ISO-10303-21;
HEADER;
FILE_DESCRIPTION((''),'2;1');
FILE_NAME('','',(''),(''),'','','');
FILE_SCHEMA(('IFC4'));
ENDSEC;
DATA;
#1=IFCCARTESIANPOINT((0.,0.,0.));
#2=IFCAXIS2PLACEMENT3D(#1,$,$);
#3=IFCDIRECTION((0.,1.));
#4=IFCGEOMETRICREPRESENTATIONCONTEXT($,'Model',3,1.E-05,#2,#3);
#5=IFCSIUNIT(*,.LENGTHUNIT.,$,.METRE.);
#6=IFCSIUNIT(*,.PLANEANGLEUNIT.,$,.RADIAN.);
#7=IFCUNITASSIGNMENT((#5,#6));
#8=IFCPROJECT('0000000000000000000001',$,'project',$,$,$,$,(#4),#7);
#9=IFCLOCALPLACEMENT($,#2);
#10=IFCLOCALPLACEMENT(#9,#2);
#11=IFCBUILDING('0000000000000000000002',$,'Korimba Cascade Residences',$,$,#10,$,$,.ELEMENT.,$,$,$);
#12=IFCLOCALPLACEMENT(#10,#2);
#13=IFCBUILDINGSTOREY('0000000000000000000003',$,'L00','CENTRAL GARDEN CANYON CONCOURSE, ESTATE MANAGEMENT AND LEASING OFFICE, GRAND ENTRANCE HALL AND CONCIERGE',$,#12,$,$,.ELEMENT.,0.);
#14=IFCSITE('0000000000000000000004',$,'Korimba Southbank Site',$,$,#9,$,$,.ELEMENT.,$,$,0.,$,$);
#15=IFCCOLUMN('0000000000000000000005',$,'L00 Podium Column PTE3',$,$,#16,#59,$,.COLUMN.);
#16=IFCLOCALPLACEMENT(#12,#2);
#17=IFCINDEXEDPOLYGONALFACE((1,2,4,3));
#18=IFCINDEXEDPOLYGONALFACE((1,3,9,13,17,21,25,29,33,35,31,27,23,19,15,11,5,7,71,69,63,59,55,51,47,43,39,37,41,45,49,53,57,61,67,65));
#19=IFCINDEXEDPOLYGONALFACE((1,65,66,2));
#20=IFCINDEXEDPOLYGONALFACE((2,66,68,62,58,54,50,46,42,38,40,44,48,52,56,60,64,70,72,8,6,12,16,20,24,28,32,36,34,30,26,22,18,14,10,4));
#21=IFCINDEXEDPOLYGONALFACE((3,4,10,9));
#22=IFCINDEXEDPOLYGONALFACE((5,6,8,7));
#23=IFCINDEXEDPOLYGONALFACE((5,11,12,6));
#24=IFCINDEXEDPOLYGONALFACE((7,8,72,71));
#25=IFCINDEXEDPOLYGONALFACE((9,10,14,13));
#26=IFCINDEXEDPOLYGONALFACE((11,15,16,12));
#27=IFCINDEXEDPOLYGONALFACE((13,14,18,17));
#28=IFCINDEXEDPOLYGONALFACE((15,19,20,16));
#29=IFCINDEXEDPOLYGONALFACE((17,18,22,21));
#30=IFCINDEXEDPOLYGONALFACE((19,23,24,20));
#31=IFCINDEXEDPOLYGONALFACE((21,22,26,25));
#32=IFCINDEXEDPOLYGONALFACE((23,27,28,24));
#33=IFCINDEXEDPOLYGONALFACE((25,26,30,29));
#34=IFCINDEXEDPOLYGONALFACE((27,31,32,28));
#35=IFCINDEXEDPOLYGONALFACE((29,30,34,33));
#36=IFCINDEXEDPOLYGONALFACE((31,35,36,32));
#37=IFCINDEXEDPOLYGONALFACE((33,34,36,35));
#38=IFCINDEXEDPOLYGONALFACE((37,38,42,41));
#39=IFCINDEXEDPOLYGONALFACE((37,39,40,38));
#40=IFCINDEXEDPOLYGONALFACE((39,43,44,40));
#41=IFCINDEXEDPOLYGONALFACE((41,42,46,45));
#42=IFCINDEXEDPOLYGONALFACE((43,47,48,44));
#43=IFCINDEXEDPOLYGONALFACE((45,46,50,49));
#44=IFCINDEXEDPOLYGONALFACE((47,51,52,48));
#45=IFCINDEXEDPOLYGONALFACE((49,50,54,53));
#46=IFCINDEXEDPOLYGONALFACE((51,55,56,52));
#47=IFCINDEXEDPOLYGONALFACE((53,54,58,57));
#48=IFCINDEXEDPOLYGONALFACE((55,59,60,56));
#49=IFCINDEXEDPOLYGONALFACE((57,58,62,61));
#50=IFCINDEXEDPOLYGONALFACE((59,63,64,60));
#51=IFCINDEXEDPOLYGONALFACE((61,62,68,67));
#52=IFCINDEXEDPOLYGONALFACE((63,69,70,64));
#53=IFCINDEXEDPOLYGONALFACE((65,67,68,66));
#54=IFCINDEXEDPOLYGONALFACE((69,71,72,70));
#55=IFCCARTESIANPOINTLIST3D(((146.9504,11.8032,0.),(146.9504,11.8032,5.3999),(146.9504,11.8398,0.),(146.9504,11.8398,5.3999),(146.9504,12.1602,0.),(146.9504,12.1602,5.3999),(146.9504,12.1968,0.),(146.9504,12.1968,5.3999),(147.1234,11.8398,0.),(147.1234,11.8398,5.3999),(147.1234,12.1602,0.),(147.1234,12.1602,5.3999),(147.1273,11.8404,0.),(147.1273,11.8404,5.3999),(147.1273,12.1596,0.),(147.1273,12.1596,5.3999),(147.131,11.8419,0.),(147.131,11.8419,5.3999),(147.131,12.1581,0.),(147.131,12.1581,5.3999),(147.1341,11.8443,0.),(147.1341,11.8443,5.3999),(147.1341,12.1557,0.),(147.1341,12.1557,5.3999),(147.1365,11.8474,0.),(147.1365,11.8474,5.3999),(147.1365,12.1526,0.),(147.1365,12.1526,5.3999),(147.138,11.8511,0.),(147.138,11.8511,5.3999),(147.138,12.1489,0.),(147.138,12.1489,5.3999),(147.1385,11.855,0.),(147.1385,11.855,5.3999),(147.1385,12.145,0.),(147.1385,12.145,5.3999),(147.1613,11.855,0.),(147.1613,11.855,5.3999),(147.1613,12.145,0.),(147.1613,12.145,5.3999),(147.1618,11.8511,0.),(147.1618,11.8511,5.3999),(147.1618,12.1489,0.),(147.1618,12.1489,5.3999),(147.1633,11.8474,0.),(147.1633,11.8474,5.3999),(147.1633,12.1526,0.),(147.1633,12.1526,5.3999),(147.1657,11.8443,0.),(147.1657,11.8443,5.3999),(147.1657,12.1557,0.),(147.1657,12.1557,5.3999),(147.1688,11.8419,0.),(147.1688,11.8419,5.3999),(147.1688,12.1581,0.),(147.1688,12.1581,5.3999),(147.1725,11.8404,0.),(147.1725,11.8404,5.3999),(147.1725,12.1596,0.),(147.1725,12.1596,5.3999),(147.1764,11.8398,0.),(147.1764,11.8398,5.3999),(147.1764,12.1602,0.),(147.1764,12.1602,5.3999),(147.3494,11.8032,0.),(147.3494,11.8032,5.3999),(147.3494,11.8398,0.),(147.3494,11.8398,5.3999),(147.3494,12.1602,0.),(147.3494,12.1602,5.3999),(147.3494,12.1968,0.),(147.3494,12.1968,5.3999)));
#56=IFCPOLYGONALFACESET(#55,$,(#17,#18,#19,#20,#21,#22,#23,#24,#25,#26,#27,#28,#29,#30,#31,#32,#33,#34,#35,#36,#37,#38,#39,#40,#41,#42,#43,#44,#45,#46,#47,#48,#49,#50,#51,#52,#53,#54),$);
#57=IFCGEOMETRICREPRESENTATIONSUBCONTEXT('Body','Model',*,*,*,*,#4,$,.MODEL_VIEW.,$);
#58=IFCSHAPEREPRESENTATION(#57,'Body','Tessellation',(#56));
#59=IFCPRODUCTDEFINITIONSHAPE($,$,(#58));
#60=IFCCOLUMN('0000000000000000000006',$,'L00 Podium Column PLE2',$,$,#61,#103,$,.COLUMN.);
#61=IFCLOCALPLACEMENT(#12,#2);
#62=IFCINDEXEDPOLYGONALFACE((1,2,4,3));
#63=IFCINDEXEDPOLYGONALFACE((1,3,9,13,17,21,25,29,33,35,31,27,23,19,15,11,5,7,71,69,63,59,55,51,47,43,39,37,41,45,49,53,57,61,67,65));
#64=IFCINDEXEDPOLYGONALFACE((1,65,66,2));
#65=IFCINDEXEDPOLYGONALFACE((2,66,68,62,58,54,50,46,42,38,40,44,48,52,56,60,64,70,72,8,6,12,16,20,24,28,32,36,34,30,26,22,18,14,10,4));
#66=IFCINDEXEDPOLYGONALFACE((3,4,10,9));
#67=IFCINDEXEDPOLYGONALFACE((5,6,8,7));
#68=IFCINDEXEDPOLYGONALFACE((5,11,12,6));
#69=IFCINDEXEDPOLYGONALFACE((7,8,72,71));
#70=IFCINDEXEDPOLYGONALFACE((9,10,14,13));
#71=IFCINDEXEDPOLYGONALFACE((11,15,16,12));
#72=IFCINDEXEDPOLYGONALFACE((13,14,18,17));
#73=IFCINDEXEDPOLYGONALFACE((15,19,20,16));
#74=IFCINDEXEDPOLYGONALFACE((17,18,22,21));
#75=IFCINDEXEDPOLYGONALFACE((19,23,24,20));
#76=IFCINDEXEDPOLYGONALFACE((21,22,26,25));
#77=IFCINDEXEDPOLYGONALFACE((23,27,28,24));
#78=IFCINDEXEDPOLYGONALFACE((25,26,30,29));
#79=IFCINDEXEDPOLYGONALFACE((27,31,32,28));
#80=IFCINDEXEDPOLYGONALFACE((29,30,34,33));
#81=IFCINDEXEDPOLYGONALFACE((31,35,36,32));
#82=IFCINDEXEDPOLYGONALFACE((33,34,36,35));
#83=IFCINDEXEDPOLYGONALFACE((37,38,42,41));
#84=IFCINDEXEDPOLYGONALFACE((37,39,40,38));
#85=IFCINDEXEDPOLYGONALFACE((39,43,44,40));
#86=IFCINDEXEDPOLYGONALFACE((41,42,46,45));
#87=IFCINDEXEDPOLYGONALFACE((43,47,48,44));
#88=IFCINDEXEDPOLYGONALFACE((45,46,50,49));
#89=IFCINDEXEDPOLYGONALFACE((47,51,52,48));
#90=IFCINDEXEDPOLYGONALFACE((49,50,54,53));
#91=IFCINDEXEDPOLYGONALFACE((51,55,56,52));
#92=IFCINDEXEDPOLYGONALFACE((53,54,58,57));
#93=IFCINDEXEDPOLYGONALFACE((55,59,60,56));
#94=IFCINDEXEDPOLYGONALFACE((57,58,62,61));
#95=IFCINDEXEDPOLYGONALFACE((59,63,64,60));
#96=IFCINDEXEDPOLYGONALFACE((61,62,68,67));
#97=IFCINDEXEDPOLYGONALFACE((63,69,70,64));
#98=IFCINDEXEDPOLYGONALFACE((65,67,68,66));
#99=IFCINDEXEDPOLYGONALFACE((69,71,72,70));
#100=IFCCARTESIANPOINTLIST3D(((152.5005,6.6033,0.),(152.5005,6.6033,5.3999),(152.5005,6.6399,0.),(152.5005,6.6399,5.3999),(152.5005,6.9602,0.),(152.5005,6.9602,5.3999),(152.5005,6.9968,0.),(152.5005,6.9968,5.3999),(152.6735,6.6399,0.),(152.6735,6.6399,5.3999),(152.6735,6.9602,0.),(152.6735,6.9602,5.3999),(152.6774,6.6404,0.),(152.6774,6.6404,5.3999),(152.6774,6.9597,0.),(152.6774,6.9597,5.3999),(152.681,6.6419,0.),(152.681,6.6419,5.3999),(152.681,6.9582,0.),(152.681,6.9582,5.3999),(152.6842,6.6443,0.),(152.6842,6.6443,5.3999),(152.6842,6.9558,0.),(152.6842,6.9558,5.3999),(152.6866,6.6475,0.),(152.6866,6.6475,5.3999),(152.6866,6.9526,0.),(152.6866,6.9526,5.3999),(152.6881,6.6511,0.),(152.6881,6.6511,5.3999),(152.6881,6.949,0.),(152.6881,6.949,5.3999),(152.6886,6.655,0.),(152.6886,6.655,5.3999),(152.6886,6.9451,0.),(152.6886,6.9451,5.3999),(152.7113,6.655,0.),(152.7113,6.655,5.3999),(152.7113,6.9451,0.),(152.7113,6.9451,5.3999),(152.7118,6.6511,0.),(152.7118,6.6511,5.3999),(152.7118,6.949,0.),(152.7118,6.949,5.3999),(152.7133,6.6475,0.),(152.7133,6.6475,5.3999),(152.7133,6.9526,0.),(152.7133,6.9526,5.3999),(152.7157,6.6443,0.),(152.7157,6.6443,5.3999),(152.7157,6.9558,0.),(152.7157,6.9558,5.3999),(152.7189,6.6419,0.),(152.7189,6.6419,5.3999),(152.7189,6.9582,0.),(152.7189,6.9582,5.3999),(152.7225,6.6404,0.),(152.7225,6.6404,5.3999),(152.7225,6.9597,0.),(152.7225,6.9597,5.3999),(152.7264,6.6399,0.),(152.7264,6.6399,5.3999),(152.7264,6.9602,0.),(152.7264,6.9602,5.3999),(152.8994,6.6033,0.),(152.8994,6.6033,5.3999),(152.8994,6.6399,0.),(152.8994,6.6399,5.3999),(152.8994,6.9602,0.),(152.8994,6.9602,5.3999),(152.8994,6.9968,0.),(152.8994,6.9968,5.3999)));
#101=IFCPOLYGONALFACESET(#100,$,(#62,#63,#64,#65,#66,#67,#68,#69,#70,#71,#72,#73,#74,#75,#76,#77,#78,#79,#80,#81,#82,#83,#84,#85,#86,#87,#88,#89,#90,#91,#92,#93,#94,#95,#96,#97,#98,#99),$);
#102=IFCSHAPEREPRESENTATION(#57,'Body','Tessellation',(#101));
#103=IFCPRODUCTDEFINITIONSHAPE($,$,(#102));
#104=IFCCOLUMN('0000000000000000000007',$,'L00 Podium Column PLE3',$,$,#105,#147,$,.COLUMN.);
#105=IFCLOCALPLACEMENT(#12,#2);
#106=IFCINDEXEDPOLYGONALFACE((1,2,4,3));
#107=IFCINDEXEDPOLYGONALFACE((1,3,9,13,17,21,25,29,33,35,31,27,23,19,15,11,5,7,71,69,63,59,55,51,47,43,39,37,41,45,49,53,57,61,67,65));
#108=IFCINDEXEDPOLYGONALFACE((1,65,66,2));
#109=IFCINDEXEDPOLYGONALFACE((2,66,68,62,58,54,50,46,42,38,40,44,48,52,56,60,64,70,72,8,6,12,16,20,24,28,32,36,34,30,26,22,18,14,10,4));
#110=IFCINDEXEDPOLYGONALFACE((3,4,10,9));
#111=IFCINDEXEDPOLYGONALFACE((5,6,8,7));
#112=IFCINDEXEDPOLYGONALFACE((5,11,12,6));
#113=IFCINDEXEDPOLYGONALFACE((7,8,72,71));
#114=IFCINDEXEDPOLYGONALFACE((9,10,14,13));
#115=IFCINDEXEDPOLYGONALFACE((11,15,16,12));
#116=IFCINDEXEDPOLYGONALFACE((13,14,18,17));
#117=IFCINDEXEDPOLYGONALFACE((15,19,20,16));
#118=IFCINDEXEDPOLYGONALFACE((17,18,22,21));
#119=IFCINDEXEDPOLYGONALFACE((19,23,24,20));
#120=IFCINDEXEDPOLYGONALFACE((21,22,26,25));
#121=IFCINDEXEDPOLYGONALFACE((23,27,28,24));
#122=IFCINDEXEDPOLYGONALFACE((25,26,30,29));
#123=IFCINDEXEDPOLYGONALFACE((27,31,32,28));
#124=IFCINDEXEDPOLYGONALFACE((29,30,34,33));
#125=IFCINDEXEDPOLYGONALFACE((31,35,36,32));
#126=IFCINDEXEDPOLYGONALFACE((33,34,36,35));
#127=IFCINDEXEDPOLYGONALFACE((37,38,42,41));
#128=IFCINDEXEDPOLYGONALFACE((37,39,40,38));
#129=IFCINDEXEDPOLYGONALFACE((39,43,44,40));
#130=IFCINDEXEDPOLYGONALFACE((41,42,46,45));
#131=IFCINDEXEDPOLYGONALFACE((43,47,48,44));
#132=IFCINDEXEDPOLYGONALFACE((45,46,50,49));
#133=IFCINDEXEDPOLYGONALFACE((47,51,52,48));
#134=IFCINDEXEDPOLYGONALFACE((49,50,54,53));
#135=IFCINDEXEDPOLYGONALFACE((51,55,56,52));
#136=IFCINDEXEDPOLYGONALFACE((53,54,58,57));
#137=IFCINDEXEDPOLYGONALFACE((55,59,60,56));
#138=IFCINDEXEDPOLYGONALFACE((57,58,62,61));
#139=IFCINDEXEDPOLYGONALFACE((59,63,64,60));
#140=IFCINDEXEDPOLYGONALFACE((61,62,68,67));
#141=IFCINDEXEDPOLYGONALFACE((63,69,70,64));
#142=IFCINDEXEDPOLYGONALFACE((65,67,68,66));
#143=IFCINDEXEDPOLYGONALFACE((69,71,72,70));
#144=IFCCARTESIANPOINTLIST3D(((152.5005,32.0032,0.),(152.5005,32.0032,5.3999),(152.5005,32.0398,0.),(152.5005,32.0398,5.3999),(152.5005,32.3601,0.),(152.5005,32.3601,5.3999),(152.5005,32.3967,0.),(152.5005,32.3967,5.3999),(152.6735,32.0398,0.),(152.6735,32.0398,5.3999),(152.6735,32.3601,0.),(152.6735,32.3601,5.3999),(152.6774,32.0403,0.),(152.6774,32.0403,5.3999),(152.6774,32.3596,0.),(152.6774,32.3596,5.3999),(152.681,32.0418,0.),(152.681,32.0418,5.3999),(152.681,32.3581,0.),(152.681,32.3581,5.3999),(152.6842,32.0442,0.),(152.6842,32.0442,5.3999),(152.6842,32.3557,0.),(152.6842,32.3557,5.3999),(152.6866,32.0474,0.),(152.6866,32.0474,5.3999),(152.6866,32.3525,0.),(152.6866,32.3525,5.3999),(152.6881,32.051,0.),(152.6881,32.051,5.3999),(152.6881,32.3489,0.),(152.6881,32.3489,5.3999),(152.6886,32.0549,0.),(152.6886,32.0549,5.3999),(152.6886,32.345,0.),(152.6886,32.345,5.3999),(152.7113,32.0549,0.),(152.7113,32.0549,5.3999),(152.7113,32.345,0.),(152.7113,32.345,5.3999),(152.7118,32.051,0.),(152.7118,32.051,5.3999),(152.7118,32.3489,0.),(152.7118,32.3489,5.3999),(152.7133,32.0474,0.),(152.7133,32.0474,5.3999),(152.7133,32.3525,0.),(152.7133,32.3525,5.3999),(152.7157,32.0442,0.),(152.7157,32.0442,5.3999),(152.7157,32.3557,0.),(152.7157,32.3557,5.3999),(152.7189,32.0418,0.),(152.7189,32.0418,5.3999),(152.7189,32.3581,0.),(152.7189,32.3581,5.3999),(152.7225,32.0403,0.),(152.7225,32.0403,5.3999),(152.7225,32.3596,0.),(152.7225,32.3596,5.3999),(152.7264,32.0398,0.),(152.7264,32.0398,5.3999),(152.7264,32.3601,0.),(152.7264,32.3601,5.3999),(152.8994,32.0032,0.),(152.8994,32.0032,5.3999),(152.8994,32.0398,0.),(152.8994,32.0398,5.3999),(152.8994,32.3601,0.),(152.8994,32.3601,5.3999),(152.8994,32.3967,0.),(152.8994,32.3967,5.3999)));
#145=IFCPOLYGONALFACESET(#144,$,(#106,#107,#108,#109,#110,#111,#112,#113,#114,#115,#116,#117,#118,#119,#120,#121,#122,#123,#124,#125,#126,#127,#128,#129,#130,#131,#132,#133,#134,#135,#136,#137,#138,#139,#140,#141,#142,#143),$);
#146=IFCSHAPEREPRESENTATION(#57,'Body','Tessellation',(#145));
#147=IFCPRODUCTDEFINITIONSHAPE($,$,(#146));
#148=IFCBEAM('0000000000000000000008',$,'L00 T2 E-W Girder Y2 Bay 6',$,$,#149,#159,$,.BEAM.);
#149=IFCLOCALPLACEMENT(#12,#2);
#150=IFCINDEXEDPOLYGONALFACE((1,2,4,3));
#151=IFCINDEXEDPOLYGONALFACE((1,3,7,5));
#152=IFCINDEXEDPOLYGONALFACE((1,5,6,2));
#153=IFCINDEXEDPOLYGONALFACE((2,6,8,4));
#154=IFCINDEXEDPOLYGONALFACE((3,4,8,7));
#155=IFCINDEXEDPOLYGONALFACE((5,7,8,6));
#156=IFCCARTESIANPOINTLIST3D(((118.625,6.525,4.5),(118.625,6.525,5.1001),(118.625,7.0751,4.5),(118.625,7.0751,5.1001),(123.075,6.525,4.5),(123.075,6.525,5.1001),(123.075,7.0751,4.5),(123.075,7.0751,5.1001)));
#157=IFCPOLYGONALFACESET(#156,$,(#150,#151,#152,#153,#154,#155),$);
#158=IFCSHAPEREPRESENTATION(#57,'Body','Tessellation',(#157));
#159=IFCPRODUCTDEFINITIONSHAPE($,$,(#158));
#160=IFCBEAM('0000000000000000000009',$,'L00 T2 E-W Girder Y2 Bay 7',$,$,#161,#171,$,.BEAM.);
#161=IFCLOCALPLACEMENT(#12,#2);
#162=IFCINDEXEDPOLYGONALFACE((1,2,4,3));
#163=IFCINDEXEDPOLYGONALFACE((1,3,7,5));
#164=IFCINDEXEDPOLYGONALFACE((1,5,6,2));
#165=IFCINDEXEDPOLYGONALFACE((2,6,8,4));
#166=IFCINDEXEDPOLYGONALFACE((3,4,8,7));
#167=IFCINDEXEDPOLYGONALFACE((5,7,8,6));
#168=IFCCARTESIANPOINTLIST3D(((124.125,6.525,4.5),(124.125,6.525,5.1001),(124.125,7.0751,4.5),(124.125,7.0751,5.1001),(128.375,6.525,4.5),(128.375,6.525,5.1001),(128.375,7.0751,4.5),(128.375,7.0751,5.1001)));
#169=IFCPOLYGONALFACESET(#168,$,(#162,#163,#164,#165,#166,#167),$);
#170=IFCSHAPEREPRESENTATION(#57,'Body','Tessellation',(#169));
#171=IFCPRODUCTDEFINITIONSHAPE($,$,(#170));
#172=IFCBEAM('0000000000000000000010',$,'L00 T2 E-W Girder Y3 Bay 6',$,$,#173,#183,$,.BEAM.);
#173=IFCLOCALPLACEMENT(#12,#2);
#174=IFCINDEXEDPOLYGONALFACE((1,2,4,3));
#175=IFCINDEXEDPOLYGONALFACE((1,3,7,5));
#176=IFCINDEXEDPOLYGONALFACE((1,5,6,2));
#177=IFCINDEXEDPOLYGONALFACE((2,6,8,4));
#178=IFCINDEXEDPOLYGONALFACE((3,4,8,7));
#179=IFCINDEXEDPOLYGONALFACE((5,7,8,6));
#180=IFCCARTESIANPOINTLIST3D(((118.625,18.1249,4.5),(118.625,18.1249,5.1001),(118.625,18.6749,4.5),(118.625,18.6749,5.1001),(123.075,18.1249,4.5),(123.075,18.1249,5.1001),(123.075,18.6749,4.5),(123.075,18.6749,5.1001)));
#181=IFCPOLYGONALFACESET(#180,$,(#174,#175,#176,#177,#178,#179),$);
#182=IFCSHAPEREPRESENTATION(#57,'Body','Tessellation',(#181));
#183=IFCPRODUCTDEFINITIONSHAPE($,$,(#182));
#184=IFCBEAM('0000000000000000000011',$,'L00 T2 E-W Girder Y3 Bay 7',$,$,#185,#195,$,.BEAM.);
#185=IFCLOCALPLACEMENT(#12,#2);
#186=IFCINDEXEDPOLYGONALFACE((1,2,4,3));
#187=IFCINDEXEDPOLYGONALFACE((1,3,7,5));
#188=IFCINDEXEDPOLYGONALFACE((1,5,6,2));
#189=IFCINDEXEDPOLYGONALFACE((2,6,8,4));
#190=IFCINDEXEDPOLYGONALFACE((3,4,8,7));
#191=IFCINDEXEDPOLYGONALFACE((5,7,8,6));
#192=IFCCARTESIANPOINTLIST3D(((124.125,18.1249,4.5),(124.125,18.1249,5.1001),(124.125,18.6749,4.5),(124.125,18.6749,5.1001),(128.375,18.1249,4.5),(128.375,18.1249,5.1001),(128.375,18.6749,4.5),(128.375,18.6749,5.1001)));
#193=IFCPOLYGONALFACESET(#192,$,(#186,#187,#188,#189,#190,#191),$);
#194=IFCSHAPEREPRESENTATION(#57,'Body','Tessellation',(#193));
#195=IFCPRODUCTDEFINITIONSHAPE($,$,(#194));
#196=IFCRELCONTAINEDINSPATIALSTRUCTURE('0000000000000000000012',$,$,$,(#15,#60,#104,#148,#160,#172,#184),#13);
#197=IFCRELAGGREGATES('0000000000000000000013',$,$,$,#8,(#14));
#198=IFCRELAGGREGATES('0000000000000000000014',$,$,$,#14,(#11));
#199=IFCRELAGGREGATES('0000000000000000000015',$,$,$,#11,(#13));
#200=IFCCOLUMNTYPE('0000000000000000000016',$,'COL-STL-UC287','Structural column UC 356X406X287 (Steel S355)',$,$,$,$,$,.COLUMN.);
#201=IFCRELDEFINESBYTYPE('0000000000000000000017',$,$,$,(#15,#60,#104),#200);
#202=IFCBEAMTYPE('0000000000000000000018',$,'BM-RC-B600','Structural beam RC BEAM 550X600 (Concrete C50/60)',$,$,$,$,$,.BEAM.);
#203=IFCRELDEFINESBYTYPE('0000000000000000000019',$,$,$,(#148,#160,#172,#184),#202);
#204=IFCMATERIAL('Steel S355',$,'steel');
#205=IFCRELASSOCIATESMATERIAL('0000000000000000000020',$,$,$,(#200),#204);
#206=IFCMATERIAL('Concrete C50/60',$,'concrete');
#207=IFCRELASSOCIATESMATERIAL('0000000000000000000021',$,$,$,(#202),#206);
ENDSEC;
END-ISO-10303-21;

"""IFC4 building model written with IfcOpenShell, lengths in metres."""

from ifc_helpers import new_model, si_unit, direction, frame, origin, origin_2d, place, context, subcontext, project, spatial, rectangle, i_section, extrude, material, material_profile, profile_set, type_object, element, save


model = new_model("IFC4")

# Units and contexts
model_context = context("Model", 3, precision=1e-05, world=origin(), true_north=direction((0.0, 1.0)))
body_context = subcontext(model_context, "Body", "Model", "MODEL_VIEW")
ifc_project = project(units=[si_unit("LENGTHUNIT", "METRE"), si_unit("PLANEANGLEUNIT", "RADIAN")], contexts=[model_context])

# Site, building, storey
site_placement = place(None, origin())
site = spatial("IfcSite", under=ifc_project, at=site_placement, Name="Korimba Southbank Site", CompositionType="ELEMENT", RefElevation=0.0)
building_placement = place(site_placement, origin())
building = spatial("IfcBuilding", under=site, at=building_placement, Name="Korimba Cascade Residences", CompositionType="ELEMENT")
storey_placement = place(building_placement, origin())
storey = spatial("IfcBuildingStorey", under=building, at=storey_placement, Name="L00", Description="CENTRAL GARDEN CANYON CONCOURSE, ESTATE MANAGEMENT AND LEASING OFFICE, GRAND ENTRANCE HALL AND CONCIERGE", CompositionType="ELEMENT", Elevation=0.0)

# Columns
ifc_material_1 = material(Name="Steel S355", Category="steel")
ifc_material_profile_1 = material_profile(ifc_material_1, i_section(OverallWidth=0.3989, OverallDepth=0.3936, WebThickness=0.0227, FlangeThickness=0.0366, FilletRadius=0.0151, at=origin_2d()), Name="Steel S355")
ifc_profile_set_1 = profile_set([ifc_material_profile_1], Name="Steel S355")
column_type_1 = type_object("IfcColumnType", Name="COL-STL-UC287", Description="Structural column UC 356X406X287 (Steel S355)", PredefinedType="COLUMN", material=ifc_profile_set_1)
for number, where, z_axis, x_axis, name in (
    (1, (147.1499, 12.0, 0.0), (0.0, 0.0, 1.0), (1.0, 0.0, 0.0), "L00 Podium Column PTE3"),
    (2, (152.7, 6.8, 0.0), (0.0, 0.0, 1.0), (1.0, 0.0, 0.0), "L00 Podium Column PLE2"),
    (3, (152.7, 32.2, 0.0), (0.0, 0.0, 1.0), (1.0, 0.0, 0.0), "L00 Podium Column PLE3"),
):
    element("IfcColumn", number, at=place(storey_placement, frame(where, z_axis=z_axis, x_axis=x_axis)), inside=storey, type_object=column_type_1, Name=name, PredefinedType="COLUMN", context=body_context, shape_type="SweptSolid", body=[
        extrude(i_section(OverallWidth=0.3989, OverallDepth=0.3936, WebThickness=0.0227, FlangeThickness=0.0366, FilletRadius=0.0151, at=origin_2d()), origin(), (0.0, 0.0, 1.0), 5.3999),
    ])

# Beams
ifc_material_2 = material(Name="Concrete C50/60", Category="concrete")
ifc_material_profile_2 = material_profile(ifc_material_2, rectangle(XDim=0.55, YDim=0.6001, at=origin_2d()), Name="Concrete C50/60")
ifc_profile_set_2 = profile_set([ifc_material_profile_2], Name="Concrete C50/60")
beam_type_1 = type_object("IfcBeamType", Name="BM-RC-B600", Description="Structural beam RC BEAM 550X600 (Concrete C50/60)", PredefinedType="BEAM", material=ifc_profile_set_2)
beam_1_placement = place(storey_placement, frame((118.625, 6.8, 4.8), z_axis=(1.0, 0.0, 0.0), x_axis=(0.0, 1.0, 0.0)))
element("IfcBeam", 4, at=beam_1_placement, inside=storey, type_object=beam_type_1, Name="L00 T2 E-W Girder Y2 Bay 6", PredefinedType="BEAM", context=body_context, shape_type="SweptSolid", body=[
    extrude(rectangle(XDim=0.55, YDim=0.6001, at=origin_2d()), origin(), (0.0, 0.0, 1.0), 4.45),
])
beam_2_placement = place(storey_placement, frame((124.125, 6.8, 4.8), z_axis=(1.0, 0.0, 0.0), x_axis=(0.0, 1.0, 0.0)))
element("IfcBeam", 5, at=beam_2_placement, inside=storey, type_object=beam_type_1, Name="L00 T2 E-W Girder Y2 Bay 7", PredefinedType="BEAM", context=body_context, shape_type="SweptSolid", body=[
    extrude(rectangle(XDim=0.55, YDim=0.6001, at=origin_2d()), origin(), (0.0, 0.0, 1.0), 4.25),
])
beam_3_placement = place(storey_placement, frame((118.625, 18.3999, 4.8), z_axis=(1.0, 0.0, 0.0), x_axis=(0.0, 1.0, 0.0)))
element("IfcBeam", 6, at=beam_3_placement, inside=storey, type_object=beam_type_1, Name="L00 T2 E-W Girder Y3 Bay 6", PredefinedType="BEAM", context=body_context, shape_type="SweptSolid", body=[
    extrude(rectangle(XDim=0.55, YDim=0.6001, at=origin_2d()), origin(), (0.0, 0.0, 1.0), 4.45),
])
beam_4_placement = place(storey_placement, frame((124.125, 18.3999, 4.8), z_axis=(1.0, 0.0, 0.0), x_axis=(0.0, 1.0, 0.0)))
element("IfcBeam", 7, at=beam_4_placement, inside=storey, type_object=beam_type_1, Name="L00 T2 E-W Girder Y3 Bay 7", PredefinedType="BEAM", context=body_context, shape_type="SweptSolid", body=[
    extrude(rectangle(XDim=0.55, YDim=0.6001, at=origin_2d()), origin(), (0.0, 0.0, 1.0), 4.25),
])

save(model, "model.ifc")
